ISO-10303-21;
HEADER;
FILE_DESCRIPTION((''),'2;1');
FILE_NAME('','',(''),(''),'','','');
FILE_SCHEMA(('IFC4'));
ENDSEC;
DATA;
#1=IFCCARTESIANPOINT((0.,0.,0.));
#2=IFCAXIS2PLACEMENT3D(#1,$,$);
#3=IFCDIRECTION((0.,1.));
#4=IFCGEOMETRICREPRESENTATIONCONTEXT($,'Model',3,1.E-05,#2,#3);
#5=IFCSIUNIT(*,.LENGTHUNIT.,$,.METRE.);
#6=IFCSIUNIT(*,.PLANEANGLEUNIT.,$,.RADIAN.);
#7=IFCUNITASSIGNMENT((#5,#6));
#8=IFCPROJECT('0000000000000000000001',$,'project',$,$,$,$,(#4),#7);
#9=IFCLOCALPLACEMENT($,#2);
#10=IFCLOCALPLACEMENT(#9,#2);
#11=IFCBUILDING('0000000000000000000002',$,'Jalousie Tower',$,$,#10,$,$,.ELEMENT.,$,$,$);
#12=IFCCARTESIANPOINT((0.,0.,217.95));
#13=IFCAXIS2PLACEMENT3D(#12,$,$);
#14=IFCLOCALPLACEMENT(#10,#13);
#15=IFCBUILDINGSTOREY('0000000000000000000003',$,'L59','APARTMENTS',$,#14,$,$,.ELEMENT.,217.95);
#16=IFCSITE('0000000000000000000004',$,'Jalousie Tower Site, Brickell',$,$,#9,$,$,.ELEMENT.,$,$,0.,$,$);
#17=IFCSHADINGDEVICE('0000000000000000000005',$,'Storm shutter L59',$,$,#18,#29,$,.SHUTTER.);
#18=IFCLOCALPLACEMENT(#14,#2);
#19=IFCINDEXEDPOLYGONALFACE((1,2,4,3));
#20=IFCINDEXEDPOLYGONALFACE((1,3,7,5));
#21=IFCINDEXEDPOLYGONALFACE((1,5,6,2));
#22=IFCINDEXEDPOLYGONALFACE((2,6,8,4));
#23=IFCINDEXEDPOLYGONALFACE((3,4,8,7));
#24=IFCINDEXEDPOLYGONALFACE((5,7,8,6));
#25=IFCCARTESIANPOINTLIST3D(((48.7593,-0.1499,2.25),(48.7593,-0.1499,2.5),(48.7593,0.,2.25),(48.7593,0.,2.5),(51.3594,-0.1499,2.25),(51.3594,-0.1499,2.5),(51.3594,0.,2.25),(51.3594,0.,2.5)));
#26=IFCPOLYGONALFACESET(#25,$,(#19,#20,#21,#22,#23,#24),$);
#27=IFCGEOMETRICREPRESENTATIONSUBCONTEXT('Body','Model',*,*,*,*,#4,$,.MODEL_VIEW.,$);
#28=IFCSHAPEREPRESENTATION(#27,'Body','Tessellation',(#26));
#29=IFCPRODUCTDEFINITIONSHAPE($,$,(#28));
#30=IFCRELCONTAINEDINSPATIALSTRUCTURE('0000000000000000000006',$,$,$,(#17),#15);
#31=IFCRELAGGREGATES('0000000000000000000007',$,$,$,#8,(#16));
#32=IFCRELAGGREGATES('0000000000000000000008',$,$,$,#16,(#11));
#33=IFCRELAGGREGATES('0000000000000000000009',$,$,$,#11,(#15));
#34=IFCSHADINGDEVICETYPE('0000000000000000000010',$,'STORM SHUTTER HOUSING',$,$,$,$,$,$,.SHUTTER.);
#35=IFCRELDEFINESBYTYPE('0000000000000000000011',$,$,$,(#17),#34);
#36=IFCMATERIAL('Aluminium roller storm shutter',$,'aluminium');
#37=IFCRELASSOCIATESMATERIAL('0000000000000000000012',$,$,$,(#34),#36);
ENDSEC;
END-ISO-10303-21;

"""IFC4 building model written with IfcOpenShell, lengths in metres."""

from ifc_helpers import new_model, si_unit, direction, frame, origin, origin_2d, place, context, subcontext, project, spatial, rectangle, extrude, material, type_object, element, save


model = new_model("IFC4")

# Units and contexts
model_context = context("Model", 3, precision=1e-05, world=origin(), true_north=direction((0.0, 1.0)))
body_context = subcontext(model_context, "Body", "Model", "MODEL_VIEW")
ifc_project = project(units=[si_unit("LENGTHUNIT", "METRE"), si_unit("PLANEANGLEUNIT", "RADIAN")], contexts=[model_context])

# Site, building, storey
site_placement = place(None, origin())
site = spatial("IfcSite", under=ifc_project, at=site_placement, Name="Jalousie Tower Site, Brickell", CompositionType="ELEMENT", RefElevation=0.0)
building_placement = place(site_placement, origin())
building = spatial("IfcBuilding", under=site, at=building_placement, Name="Jalousie Tower", CompositionType="ELEMENT")
storey_placement = place(building_placement, frame((0.0, 0.0, 217.95)))
storey = spatial("IfcBuildingStorey", under=building, at=storey_placement, Name="L59", Description="APARTMENTS", CompositionType="ELEMENT", Elevation=217.95)

# Shading device
ifc_material_1 = material(Name="Aluminium roller storm shutter", Category="aluminium")
shading_device_type = type_object("IfcShadingDeviceType", Name="STORM SHUTTER HOUSING", PredefinedType="SHUTTER", material=ifc_material_1)
shading_device_placement = place(storey_placement, frame((50.0593, -0.075, 2.25), z_axis=(0.0, 0.0, 1.0), x_axis=(1.0, 0.0, 0.0)))
element("IfcShadingDevice", 1, at=shading_device_placement, inside=storey, type_object=shading_device_type, Name="Storm shutter L59", PredefinedType="SHUTTER", context=body_context, shape_type="SweptSolid", body=[
    extrude(rectangle(XDim=2.6001, YDim=0.1499, at=origin_2d()), origin(), (0.0, 0.0, 1.0), 0.25),
])

save(model, "model.ifc")
